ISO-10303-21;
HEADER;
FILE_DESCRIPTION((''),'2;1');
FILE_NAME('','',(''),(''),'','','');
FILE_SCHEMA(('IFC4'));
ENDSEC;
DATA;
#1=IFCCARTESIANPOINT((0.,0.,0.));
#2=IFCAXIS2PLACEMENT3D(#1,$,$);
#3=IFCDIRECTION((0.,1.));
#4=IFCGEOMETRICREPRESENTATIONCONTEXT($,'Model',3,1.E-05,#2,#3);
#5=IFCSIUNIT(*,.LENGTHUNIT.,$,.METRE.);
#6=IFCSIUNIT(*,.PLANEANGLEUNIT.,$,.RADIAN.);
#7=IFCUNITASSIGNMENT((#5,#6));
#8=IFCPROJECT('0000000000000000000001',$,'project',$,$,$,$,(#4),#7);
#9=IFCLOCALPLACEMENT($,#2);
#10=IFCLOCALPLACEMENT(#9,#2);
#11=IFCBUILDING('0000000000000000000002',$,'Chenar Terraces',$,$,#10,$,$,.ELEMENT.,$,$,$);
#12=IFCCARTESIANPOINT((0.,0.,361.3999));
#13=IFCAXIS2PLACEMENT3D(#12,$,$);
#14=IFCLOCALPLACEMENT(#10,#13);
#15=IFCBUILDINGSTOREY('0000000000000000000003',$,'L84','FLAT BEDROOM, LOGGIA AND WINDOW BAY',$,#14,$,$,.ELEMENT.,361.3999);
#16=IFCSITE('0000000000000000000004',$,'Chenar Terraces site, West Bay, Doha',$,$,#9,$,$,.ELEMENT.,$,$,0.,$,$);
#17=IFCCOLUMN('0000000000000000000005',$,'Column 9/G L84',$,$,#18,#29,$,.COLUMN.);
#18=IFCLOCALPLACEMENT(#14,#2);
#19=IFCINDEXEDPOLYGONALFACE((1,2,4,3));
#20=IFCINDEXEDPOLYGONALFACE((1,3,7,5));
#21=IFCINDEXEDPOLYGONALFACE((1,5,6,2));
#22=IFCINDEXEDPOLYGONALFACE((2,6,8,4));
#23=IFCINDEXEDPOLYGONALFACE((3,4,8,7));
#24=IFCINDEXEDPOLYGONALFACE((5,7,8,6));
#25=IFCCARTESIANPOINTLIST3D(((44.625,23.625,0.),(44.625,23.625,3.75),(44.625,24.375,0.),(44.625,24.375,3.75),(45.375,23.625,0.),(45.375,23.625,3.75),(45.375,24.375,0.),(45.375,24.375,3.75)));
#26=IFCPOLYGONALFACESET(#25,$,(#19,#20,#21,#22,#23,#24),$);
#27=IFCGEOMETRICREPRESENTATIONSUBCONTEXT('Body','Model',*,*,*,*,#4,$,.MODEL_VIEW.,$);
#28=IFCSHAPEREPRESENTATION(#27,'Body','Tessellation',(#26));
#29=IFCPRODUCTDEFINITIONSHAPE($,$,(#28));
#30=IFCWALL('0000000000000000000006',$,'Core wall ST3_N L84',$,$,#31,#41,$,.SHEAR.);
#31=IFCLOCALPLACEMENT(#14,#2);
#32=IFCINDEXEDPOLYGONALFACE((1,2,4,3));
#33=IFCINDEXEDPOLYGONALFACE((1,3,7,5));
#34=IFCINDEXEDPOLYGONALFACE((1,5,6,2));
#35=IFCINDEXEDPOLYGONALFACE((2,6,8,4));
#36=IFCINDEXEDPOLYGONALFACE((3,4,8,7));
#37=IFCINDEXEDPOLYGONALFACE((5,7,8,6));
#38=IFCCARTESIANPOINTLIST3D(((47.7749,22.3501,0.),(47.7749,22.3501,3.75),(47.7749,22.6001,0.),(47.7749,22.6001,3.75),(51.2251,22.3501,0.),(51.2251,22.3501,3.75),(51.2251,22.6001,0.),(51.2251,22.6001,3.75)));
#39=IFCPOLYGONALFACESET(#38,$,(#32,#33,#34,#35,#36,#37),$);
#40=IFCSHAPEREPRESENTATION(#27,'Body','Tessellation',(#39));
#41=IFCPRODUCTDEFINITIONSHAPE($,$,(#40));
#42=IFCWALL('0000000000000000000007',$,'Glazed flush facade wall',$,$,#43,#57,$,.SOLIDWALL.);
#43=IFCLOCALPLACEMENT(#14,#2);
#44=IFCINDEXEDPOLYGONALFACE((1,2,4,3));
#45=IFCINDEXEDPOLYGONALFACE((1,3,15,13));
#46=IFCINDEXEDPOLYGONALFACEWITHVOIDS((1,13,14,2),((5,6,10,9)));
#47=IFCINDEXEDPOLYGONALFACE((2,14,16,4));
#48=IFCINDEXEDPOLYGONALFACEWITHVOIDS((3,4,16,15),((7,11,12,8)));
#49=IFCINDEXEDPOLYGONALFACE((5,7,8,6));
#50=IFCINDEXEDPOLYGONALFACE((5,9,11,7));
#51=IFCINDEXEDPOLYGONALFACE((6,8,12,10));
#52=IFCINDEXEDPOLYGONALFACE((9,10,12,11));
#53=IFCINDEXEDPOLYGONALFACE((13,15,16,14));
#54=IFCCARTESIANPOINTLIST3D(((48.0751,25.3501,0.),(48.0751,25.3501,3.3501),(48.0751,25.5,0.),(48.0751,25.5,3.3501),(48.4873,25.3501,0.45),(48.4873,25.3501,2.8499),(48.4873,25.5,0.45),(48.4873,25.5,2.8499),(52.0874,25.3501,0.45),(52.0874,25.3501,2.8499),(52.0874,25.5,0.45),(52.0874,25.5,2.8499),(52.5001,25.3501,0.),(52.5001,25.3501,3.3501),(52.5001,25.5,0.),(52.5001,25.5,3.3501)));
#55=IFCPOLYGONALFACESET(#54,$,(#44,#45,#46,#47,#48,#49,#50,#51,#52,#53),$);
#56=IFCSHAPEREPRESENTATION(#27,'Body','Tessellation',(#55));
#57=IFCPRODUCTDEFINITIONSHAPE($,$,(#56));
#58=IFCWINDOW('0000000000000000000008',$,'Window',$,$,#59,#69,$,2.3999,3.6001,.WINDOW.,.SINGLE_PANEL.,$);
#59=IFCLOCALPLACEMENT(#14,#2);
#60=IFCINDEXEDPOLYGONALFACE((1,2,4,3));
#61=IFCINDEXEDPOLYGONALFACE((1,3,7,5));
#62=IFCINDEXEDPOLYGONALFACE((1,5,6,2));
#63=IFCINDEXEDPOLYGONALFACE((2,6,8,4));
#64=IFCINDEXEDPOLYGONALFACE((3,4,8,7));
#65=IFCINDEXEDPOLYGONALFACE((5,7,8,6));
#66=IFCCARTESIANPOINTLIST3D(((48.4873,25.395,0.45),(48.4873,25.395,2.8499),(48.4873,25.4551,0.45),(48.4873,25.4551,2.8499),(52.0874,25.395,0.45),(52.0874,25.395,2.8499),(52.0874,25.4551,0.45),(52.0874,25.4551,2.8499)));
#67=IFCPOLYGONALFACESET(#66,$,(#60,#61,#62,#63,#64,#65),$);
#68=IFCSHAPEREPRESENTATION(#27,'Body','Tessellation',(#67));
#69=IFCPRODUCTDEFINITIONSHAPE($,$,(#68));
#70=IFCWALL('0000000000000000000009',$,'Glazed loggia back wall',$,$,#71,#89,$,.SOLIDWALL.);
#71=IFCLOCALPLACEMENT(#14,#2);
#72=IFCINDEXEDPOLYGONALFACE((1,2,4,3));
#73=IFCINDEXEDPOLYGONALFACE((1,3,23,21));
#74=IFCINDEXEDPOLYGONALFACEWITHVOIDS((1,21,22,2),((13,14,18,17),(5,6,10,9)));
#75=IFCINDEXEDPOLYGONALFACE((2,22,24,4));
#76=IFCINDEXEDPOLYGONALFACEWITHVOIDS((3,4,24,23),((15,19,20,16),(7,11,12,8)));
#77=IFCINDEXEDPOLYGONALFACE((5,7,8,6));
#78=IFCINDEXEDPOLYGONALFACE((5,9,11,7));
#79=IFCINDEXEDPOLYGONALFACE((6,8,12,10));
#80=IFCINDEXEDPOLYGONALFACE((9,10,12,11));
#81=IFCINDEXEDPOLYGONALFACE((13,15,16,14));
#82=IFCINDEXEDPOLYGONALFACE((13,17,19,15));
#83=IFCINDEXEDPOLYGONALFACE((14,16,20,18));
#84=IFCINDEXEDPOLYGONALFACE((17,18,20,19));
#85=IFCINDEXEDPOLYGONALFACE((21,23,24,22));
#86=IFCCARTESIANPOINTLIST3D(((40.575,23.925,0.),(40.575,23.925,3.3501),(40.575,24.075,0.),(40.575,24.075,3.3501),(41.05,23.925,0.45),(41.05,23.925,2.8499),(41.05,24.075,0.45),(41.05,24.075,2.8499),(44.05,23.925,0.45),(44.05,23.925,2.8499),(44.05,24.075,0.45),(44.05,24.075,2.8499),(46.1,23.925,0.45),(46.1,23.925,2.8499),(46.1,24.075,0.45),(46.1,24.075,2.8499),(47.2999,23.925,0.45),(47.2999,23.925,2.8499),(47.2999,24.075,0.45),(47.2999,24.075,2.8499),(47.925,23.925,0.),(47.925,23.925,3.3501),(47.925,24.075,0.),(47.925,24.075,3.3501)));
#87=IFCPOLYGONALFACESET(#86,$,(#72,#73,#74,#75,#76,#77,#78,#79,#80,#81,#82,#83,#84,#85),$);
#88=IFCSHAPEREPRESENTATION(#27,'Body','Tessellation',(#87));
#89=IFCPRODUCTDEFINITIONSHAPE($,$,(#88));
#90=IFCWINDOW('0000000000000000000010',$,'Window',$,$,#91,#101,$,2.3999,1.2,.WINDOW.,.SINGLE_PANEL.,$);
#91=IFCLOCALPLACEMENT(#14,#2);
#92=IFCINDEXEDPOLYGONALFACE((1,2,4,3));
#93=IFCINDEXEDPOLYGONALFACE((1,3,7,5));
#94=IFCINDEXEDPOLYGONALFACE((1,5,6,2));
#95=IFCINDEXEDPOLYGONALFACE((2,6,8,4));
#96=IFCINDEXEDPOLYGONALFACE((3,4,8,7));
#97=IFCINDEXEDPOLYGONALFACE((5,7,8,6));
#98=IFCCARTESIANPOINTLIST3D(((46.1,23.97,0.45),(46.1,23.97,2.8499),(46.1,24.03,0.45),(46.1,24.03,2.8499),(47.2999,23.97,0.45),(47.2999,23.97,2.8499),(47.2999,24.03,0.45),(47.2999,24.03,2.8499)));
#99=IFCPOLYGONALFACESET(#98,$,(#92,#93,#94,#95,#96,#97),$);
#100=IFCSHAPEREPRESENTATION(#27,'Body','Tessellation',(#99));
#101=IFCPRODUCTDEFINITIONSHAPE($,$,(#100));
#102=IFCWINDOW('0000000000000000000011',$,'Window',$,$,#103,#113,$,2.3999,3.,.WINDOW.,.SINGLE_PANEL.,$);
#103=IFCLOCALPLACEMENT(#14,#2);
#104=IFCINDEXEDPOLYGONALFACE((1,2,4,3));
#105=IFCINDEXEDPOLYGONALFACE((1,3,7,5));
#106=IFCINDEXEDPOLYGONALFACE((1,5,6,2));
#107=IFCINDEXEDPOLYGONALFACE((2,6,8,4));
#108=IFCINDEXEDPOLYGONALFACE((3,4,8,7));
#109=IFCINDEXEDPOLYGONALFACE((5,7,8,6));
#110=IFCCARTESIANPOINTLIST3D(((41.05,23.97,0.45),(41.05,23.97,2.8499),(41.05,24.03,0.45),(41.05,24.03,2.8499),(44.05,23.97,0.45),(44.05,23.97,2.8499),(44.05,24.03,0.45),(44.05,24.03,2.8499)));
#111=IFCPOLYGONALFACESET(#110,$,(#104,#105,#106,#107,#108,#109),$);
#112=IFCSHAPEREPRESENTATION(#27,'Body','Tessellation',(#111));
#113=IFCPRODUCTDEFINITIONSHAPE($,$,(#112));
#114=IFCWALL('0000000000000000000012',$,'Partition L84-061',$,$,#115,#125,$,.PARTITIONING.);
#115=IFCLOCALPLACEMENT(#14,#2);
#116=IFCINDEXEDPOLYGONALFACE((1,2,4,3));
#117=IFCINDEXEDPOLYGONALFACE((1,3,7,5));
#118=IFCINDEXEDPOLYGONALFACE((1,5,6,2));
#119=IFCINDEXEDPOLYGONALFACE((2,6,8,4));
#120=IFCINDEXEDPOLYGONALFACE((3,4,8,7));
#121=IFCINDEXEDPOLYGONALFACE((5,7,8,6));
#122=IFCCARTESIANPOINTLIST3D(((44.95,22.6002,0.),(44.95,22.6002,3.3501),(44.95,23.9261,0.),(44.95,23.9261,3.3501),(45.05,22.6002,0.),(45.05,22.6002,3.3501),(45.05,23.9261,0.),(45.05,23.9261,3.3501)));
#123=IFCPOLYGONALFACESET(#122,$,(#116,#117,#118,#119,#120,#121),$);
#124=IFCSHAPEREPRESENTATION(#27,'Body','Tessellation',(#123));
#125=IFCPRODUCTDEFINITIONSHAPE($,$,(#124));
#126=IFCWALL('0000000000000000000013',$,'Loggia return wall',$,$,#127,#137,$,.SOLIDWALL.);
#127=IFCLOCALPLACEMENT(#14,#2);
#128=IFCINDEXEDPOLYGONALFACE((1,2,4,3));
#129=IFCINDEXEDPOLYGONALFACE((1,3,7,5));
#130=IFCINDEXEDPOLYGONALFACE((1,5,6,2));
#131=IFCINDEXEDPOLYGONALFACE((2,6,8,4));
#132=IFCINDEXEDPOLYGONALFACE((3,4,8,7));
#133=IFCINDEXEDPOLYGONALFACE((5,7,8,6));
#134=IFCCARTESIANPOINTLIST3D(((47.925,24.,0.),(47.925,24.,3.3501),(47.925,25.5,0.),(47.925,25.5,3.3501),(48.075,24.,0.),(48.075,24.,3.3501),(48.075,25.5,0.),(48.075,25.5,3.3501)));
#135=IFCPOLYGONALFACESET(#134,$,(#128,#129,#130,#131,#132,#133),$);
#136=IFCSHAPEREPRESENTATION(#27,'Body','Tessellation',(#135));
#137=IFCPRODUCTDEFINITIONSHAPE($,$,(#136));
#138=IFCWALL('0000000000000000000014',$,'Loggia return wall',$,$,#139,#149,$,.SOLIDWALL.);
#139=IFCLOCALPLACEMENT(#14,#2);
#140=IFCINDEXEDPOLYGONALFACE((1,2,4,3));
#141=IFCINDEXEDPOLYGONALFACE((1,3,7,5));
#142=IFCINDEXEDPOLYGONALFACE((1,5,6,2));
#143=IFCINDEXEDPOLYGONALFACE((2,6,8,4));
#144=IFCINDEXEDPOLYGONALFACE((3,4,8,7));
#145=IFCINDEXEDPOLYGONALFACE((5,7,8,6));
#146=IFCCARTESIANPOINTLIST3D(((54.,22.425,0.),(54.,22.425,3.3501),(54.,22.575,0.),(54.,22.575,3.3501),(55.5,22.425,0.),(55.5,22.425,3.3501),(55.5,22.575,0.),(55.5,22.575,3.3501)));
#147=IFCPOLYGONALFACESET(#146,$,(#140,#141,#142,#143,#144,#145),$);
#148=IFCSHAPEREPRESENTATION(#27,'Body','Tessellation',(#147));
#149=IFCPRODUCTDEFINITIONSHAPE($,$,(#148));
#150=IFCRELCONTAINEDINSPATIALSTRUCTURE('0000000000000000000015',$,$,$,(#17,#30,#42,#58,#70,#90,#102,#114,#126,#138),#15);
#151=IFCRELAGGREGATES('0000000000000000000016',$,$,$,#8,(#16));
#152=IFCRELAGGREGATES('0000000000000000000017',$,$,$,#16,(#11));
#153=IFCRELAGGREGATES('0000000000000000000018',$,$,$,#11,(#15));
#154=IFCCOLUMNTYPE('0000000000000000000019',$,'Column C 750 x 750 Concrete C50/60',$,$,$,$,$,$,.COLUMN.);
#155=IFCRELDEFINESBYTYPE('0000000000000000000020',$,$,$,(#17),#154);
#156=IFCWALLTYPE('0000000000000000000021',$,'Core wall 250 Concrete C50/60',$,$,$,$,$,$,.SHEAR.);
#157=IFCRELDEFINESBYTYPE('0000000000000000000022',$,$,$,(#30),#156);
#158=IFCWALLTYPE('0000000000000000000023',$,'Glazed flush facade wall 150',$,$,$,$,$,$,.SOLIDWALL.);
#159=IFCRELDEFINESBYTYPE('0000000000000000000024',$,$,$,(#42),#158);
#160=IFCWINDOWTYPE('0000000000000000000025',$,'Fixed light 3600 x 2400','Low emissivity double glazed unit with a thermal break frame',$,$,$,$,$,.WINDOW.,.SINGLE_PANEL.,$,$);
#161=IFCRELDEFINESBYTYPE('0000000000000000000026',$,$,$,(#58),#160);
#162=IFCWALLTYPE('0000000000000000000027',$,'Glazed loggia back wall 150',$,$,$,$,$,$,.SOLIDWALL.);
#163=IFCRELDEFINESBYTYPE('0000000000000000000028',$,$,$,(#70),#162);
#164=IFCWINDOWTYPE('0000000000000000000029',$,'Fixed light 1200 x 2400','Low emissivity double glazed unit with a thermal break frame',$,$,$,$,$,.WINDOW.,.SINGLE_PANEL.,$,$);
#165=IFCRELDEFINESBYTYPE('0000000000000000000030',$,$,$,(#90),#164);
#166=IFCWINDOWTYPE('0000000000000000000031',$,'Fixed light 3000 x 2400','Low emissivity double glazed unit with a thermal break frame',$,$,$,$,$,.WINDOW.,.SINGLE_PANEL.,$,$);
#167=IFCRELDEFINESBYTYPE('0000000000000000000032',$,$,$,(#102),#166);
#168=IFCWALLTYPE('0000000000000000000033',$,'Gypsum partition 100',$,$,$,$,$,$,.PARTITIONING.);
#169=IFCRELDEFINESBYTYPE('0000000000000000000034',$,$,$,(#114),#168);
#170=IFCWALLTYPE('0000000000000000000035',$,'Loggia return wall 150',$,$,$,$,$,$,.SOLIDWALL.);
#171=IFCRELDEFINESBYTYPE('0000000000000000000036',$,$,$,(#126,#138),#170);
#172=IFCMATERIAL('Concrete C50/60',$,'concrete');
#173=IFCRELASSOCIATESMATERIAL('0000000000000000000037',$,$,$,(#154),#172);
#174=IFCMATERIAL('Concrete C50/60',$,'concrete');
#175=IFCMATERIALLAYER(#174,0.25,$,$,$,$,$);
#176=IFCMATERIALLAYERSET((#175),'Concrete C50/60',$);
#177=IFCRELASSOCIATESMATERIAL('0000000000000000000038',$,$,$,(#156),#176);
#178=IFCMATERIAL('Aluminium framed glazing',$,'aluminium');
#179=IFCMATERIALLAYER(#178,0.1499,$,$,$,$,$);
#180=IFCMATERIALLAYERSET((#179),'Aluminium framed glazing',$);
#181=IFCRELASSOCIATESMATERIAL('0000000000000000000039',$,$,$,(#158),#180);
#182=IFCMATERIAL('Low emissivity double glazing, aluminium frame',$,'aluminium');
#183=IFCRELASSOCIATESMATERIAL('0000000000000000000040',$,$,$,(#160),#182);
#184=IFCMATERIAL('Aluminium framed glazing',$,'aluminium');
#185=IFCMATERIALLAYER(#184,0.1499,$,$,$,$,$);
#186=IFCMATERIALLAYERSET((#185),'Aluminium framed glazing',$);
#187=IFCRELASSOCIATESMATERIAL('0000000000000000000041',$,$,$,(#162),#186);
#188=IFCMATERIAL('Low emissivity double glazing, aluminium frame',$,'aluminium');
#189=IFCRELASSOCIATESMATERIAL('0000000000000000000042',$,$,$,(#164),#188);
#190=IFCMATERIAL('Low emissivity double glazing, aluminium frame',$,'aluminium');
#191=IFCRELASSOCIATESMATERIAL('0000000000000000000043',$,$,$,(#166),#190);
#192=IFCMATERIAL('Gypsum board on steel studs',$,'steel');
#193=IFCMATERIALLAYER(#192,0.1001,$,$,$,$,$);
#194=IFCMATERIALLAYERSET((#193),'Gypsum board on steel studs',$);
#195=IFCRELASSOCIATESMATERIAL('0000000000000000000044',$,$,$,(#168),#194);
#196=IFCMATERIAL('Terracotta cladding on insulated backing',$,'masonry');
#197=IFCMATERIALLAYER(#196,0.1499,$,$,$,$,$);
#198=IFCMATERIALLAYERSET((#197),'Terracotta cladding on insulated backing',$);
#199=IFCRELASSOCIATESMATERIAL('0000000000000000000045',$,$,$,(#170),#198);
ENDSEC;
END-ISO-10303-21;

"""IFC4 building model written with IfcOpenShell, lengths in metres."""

from ifc_helpers import new_model, si_unit, direction, frame, frame_2d, origin, origin_2d, place, context, subcontext, project, spatial, rectangle, extrude, material, layer, layer_set, material_profile, profile_set, type_object, element, fill, save


model = new_model("IFC4")

# Units and contexts
model_context = context("Model", 3, precision=1e-05, world=origin(), true_north=direction((0.0, 1.0)))
body_context = subcontext(model_context, "Body", "Model", "MODEL_VIEW")
ifc_project = project(units=[si_unit("LENGTHUNIT", "METRE"), si_unit("PLANEANGLEUNIT", "RADIAN")], contexts=[model_context])

# Site, building, storey
site_placement = place(None, origin())
site = spatial("IfcSite", under=ifc_project, at=site_placement, Name="Chenar Terraces site, West Bay, Doha", CompositionType="ELEMENT", RefElevation=0.0)
building_placement = place(site_placement, origin())
building = spatial("IfcBuilding", under=site, at=building_placement, Name="Chenar Terraces", CompositionType="ELEMENT")
storey_placement = place(building_placement, frame((0.0, 0.0, 361.3999)))
storey = spatial("IfcBuildingStorey", under=building, at=storey_placement, Name="L84", Description="FLAT BEDROOM, LOGGIA AND WINDOW BAY", CompositionType="ELEMENT", Elevation=361.3999)

# Column
ifc_material_1 = material(Name="Concrete C50/60", Category="concrete")
ifc_material_profile_1 = material_profile(ifc_material_1, rectangle(XDim=0.75, YDim=0.75, at=origin_2d()), Name="C 750 x 750")
ifc_profile_set_1 = profile_set([ifc_material_profile_1], Name="Concrete C50/60")
column_type = type_object("IfcColumnType", Name="Column C 750 x 750 Concrete C50/60", PredefinedType="COLUMN", material=ifc_profile_set_1)
column_placement = place(storey_placement, frame((45.0, 24.0, 0.0), z_axis=(0.0, 0.0, 1.0), x_axis=(1.0, 0.0, 0.0)))
element("IfcColumn", 1, at=column_placement, inside=storey, type_object=column_type, Name="Column 9/G L84", PredefinedType="COLUMN", context=body_context, shape_type="SweptSolid", body=[
    extrude(rectangle(XDim=0.75, YDim=0.75, at=origin_2d()), origin(), (0.0, 0.0, 1.0), 3.75),
])

# Wall
ifc_material_2 = material(Name="Concrete C50/60", Category="concrete")
ifc_layer_1 = layer(ifc_material_2, 0.25)
ifc_layer_set_1 = layer_set([ifc_layer_1], Name="Concrete C50/60")
wall_type_1 = type_object("IfcWallType", Name="Core wall 250 Concrete C50/60", PredefinedType="SHEAR", material=ifc_layer_set_1)
wall_1_placement = place(storey_placement, frame((47.7749, 22.4751, 0.0), z_axis=(0.0, 0.0, 1.0), x_axis=(1.0, 0.0, 0.0)))
element("IfcWall", 2, at=wall_1_placement, inside=storey, type_object=wall_type_1, Name="Core wall ST3_N L84", PredefinedType="SHEAR", context=body_context, shape_type="SweptSolid", body=[
    extrude(rectangle(XDim=3.4502, YDim=0.25, at=frame_2d((1.7251, 0.0))), origin(), (0.0, 0.0, 1.0), 3.75),
])

# Wall, opening, window
ifc_material_3 = material(Name="Aluminium framed glazing", Category="aluminium")
ifc_layer_2 = layer(ifc_material_3, 0.1499)
ifc_layer_set_2 = layer_set([ifc_layer_2], Name="Aluminium framed glazing")
wall_type_2 = type_object("IfcWallType", Name="Glazed flush facade wall 150", PredefinedType="SOLIDWALL", material=ifc_layer_set_2)
wall_2_placement = place(storey_placement, frame((52.5, 25.425, 0.0), z_axis=(0.0, 0.0, 1.0), x_axis=(-1.0, 0.0, 0.0)))
wall_2 = element("IfcWall", 3, at=wall_2_placement, inside=storey, type_object=wall_type_2, Name="Glazed flush facade wall", PredefinedType="SOLIDWALL", context=body_context, shape_type="SweptSolid", body=[
    extrude(rectangle(XDim=4.425, YDim=0.1499, at=frame_2d((2.2124, 0.0))), origin(), (0.0, 0.0, 1.0), 3.3501),
])
opening_1_placement = place(wall_2_placement, frame((0.4126, 0.0, 0.45)))
opening_1 = element("IfcOpeningElement", 4, at=opening_1_placement, cuts=wall_2, PredefinedType="OPENING", context=body_context, shape_type="SweptSolid", body=[
    extrude(rectangle(XDim=3.6001, YDim=2.3999, at=frame_2d((1.8, 1.2))), frame((0.0, 0.085, 0.0), z_axis=(0.0, -1.0, 0.0), x_axis=(1.0, 0.0, 0.0)), (0.0, 0.0, 1.0), 0.1699),
])
ifc_material_4 = material(Name="Low emissivity double glazing, aluminium frame", Category="aluminium")
window_type_1 = type_object("IfcWindowType", Name="Fixed light 3600 x 2400", Description="Low emissivity double glazed unit with a thermal break frame", PartitioningType="SINGLE_PANEL", PredefinedType="WINDOW", material=ifc_material_4)
window_1_placement = place(opening_1_placement, origin())
window_1 = element("IfcWindow", 5, at=window_1_placement, inside=storey, type_object=window_type_1, Name="Window", OverallHeight=2.3999, OverallWidth=3.6001, PartitioningType="SINGLE_PANEL", PredefinedType="WINDOW", context=body_context, shape_type="SweptSolid", body=[
    extrude(rectangle(XDim=3.6001, YDim=2.3999, at=frame_2d((1.8, 1.2))), frame((0.0, 0.03, 0.0), z_axis=(0.0, -1.0, 0.0), x_axis=(1.0, 0.0, 0.0)), (0.0, 0.0, 1.0), 0.0601),
])
fill(opening_1, window_1)

# Wall, openings, windows
ifc_material_5 = material(Name="Aluminium framed glazing", Category="aluminium")
ifc_layer_3 = layer(ifc_material_5, 0.1499)
ifc_layer_set_3 = layer_set([ifc_layer_3], Name="Aluminium framed glazing")
wall_type_3 = type_object("IfcWallType", Name="Glazed loggia back wall 150", PredefinedType="SOLIDWALL", material=ifc_layer_set_3)
wall_3_placement = place(storey_placement, frame((47.925, 24.0, 0.0), z_axis=(0.0, 0.0, 1.0), x_axis=(-1.0, 0.0, 0.0)))
wall_3 = element("IfcWall", 6, at=wall_3_placement, inside=storey, type_object=wall_type_3, Name="Glazed loggia back wall", PredefinedType="SOLIDWALL", context=body_context, shape_type="SweptSolid", body=[
    extrude(rectangle(XDim=7.3501, YDim=0.1499, at=frame_2d((3.675, 0.0))), origin(), (0.0, 0.0, 1.0), 3.3501),
])
opening_2_placement = place(wall_3_placement, frame((0.625, 0.0, 0.45)))
opening_2 = element("IfcOpeningElement", 7, at=opening_2_placement, cuts=wall_3, PredefinedType="OPENING", context=body_context, shape_type="SweptSolid", body=[
    extrude(rectangle(XDim=1.2, YDim=2.3999, at=frame_2d((0.6001, 1.2))), frame((0.0, 0.085, 0.0), z_axis=(0.0, -1.0, 0.0), x_axis=(1.0, 0.0, 0.0)), (0.0, 0.0, 1.0), 0.1699),
])
opening_3_placement = place(wall_3_placement, frame((3.875, 0.0, 0.45)))
opening_3 = element("IfcOpeningElement", 8, at=opening_3_placement, cuts=wall_3, PredefinedType="OPENING", context=body_context, shape_type="SweptSolid", body=[
    extrude(rectangle(XDim=3.0, YDim=2.3999, at=frame_2d((1.5, 1.2))), frame((0.0, 0.085, 0.0), z_axis=(0.0, -1.0, 0.0), x_axis=(1.0, 0.0, 0.0)), (0.0, 0.0, 1.0), 0.1699),
])
ifc_material_6 = material(Name="Low emissivity double glazing, aluminium frame", Category="aluminium")
window_type_2 = type_object("IfcWindowType", Name="Fixed light 1200 x 2400", Description="Low emissivity double glazed unit with a thermal break frame", PartitioningType="SINGLE_PANEL", PredefinedType="WINDOW", material=ifc_material_6)
window_2_placement = place(opening_2_placement, origin())
window_2 = element("IfcWindow", 9, at=window_2_placement, inside=storey, type_object=window_type_2, Name="Window", OverallHeight=2.3999, OverallWidth=1.2, PartitioningType="SINGLE_PANEL", PredefinedType="WINDOW", context=body_context, shape_type="SweptSolid", body=[
    extrude(rectangle(XDim=1.2, YDim=2.3999, at=frame_2d((0.6001, 1.2))), frame((0.0, 0.03, 0.0), z_axis=(0.0, -1.0, 0.0), x_axis=(1.0, 0.0, 0.0)), (0.0, 0.0, 1.0), 0.0601),
])
fill(opening_2, window_2)
ifc_material_7 = material(Name="Low emissivity double glazing, aluminium frame", Category="aluminium")
window_type_3 = type_object("IfcWindowType", Name="Fixed light 3000 x 2400", Description="Low emissivity double glazed unit with a thermal break frame", PartitioningType="SINGLE_PANEL", PredefinedType="WINDOW", material=ifc_material_7)
window_3_placement = place(opening_3_placement, origin())
window_3 = element("IfcWindow", 10, at=window_3_placement, inside=storey, type_object=window_type_3, Name="Window", OverallHeight=2.3999, OverallWidth=3.0, PartitioningType="SINGLE_PANEL", PredefinedType="WINDOW", context=body_context, shape_type="SweptSolid", body=[
    extrude(rectangle(XDim=3.0, YDim=2.3999, at=frame_2d((1.5, 1.2))), frame((0.0, 0.03, 0.0), z_axis=(0.0, -1.0, 0.0), x_axis=(1.0, 0.0, 0.0)), (0.0, 0.0, 1.0), 0.0601),
])
fill(opening_3, window_3)

# Walls
ifc_material_8 = material(Name="Gypsum board on steel studs", Category="steel")
ifc_layer_4 = layer(ifc_material_8, 0.1001)
ifc_layer_set_4 = layer_set([ifc_layer_4], Name="Gypsum board on steel studs")
wall_type_4 = type_object("IfcWallType", Name="Gypsum partition 100", PredefinedType="PARTITIONING", material=ifc_layer_set_4)
wall_4_placement = place(storey_placement, frame((45.0, 22.6001, 0.0), z_axis=(0.0, 0.0, 1.0), x_axis=(0.0, 1.0, 0.0)))
element("IfcWall", 11, at=wall_4_placement, inside=storey, type_object=wall_type_4, Name="Partition L84-061", PredefinedType="PARTITIONING", context=body_context, shape_type="SweptSolid", body=[
    extrude(rectangle(XDim=1.3259, YDim=0.1001, at=frame_2d((0.6631, 0.0))), origin(), (0.0, 0.0, 1.0), 3.3501),
])
ifc_material_9 = material(Name="Terracotta cladding on insulated backing", Category="masonry")
ifc_layer_5 = layer(ifc_material_9, 0.1499)
ifc_layer_set_5 = layer_set([ifc_layer_5], Name="Terracotta cladding on insulated backing")
wall_type_5 = type_object("IfcWallType", Name="Loggia return wall 150", PredefinedType="SOLIDWALL", material=ifc_layer_set_5)
for number, where, z_axis, x_axis, name in (
    (12, (48.0, 25.5, 0.0), (0.0, 0.0, 1.0), (0.0, -1.0, 0.0), "Loggia return wall"),
    (13, (55.5, 22.5, 0.0), (0.0, 0.0, 1.0), (-1.0, 0.0, 0.0), "Loggia return wall"),
):
    element("IfcWall", number, at=place(storey_placement, frame(where, z_axis=z_axis, x_axis=x_axis)), inside=storey, type_object=wall_type_5, Name=name, PredefinedType="SOLIDWALL", context=body_context, shape_type="SweptSolid", body=[
        extrude(rectangle(XDim=1.5, YDim=0.1499, at=frame_2d((0.75, 0.0))), origin(), (0.0, 0.0, 1.0), 3.3501),
    ])

save(model, "model.ifc")
